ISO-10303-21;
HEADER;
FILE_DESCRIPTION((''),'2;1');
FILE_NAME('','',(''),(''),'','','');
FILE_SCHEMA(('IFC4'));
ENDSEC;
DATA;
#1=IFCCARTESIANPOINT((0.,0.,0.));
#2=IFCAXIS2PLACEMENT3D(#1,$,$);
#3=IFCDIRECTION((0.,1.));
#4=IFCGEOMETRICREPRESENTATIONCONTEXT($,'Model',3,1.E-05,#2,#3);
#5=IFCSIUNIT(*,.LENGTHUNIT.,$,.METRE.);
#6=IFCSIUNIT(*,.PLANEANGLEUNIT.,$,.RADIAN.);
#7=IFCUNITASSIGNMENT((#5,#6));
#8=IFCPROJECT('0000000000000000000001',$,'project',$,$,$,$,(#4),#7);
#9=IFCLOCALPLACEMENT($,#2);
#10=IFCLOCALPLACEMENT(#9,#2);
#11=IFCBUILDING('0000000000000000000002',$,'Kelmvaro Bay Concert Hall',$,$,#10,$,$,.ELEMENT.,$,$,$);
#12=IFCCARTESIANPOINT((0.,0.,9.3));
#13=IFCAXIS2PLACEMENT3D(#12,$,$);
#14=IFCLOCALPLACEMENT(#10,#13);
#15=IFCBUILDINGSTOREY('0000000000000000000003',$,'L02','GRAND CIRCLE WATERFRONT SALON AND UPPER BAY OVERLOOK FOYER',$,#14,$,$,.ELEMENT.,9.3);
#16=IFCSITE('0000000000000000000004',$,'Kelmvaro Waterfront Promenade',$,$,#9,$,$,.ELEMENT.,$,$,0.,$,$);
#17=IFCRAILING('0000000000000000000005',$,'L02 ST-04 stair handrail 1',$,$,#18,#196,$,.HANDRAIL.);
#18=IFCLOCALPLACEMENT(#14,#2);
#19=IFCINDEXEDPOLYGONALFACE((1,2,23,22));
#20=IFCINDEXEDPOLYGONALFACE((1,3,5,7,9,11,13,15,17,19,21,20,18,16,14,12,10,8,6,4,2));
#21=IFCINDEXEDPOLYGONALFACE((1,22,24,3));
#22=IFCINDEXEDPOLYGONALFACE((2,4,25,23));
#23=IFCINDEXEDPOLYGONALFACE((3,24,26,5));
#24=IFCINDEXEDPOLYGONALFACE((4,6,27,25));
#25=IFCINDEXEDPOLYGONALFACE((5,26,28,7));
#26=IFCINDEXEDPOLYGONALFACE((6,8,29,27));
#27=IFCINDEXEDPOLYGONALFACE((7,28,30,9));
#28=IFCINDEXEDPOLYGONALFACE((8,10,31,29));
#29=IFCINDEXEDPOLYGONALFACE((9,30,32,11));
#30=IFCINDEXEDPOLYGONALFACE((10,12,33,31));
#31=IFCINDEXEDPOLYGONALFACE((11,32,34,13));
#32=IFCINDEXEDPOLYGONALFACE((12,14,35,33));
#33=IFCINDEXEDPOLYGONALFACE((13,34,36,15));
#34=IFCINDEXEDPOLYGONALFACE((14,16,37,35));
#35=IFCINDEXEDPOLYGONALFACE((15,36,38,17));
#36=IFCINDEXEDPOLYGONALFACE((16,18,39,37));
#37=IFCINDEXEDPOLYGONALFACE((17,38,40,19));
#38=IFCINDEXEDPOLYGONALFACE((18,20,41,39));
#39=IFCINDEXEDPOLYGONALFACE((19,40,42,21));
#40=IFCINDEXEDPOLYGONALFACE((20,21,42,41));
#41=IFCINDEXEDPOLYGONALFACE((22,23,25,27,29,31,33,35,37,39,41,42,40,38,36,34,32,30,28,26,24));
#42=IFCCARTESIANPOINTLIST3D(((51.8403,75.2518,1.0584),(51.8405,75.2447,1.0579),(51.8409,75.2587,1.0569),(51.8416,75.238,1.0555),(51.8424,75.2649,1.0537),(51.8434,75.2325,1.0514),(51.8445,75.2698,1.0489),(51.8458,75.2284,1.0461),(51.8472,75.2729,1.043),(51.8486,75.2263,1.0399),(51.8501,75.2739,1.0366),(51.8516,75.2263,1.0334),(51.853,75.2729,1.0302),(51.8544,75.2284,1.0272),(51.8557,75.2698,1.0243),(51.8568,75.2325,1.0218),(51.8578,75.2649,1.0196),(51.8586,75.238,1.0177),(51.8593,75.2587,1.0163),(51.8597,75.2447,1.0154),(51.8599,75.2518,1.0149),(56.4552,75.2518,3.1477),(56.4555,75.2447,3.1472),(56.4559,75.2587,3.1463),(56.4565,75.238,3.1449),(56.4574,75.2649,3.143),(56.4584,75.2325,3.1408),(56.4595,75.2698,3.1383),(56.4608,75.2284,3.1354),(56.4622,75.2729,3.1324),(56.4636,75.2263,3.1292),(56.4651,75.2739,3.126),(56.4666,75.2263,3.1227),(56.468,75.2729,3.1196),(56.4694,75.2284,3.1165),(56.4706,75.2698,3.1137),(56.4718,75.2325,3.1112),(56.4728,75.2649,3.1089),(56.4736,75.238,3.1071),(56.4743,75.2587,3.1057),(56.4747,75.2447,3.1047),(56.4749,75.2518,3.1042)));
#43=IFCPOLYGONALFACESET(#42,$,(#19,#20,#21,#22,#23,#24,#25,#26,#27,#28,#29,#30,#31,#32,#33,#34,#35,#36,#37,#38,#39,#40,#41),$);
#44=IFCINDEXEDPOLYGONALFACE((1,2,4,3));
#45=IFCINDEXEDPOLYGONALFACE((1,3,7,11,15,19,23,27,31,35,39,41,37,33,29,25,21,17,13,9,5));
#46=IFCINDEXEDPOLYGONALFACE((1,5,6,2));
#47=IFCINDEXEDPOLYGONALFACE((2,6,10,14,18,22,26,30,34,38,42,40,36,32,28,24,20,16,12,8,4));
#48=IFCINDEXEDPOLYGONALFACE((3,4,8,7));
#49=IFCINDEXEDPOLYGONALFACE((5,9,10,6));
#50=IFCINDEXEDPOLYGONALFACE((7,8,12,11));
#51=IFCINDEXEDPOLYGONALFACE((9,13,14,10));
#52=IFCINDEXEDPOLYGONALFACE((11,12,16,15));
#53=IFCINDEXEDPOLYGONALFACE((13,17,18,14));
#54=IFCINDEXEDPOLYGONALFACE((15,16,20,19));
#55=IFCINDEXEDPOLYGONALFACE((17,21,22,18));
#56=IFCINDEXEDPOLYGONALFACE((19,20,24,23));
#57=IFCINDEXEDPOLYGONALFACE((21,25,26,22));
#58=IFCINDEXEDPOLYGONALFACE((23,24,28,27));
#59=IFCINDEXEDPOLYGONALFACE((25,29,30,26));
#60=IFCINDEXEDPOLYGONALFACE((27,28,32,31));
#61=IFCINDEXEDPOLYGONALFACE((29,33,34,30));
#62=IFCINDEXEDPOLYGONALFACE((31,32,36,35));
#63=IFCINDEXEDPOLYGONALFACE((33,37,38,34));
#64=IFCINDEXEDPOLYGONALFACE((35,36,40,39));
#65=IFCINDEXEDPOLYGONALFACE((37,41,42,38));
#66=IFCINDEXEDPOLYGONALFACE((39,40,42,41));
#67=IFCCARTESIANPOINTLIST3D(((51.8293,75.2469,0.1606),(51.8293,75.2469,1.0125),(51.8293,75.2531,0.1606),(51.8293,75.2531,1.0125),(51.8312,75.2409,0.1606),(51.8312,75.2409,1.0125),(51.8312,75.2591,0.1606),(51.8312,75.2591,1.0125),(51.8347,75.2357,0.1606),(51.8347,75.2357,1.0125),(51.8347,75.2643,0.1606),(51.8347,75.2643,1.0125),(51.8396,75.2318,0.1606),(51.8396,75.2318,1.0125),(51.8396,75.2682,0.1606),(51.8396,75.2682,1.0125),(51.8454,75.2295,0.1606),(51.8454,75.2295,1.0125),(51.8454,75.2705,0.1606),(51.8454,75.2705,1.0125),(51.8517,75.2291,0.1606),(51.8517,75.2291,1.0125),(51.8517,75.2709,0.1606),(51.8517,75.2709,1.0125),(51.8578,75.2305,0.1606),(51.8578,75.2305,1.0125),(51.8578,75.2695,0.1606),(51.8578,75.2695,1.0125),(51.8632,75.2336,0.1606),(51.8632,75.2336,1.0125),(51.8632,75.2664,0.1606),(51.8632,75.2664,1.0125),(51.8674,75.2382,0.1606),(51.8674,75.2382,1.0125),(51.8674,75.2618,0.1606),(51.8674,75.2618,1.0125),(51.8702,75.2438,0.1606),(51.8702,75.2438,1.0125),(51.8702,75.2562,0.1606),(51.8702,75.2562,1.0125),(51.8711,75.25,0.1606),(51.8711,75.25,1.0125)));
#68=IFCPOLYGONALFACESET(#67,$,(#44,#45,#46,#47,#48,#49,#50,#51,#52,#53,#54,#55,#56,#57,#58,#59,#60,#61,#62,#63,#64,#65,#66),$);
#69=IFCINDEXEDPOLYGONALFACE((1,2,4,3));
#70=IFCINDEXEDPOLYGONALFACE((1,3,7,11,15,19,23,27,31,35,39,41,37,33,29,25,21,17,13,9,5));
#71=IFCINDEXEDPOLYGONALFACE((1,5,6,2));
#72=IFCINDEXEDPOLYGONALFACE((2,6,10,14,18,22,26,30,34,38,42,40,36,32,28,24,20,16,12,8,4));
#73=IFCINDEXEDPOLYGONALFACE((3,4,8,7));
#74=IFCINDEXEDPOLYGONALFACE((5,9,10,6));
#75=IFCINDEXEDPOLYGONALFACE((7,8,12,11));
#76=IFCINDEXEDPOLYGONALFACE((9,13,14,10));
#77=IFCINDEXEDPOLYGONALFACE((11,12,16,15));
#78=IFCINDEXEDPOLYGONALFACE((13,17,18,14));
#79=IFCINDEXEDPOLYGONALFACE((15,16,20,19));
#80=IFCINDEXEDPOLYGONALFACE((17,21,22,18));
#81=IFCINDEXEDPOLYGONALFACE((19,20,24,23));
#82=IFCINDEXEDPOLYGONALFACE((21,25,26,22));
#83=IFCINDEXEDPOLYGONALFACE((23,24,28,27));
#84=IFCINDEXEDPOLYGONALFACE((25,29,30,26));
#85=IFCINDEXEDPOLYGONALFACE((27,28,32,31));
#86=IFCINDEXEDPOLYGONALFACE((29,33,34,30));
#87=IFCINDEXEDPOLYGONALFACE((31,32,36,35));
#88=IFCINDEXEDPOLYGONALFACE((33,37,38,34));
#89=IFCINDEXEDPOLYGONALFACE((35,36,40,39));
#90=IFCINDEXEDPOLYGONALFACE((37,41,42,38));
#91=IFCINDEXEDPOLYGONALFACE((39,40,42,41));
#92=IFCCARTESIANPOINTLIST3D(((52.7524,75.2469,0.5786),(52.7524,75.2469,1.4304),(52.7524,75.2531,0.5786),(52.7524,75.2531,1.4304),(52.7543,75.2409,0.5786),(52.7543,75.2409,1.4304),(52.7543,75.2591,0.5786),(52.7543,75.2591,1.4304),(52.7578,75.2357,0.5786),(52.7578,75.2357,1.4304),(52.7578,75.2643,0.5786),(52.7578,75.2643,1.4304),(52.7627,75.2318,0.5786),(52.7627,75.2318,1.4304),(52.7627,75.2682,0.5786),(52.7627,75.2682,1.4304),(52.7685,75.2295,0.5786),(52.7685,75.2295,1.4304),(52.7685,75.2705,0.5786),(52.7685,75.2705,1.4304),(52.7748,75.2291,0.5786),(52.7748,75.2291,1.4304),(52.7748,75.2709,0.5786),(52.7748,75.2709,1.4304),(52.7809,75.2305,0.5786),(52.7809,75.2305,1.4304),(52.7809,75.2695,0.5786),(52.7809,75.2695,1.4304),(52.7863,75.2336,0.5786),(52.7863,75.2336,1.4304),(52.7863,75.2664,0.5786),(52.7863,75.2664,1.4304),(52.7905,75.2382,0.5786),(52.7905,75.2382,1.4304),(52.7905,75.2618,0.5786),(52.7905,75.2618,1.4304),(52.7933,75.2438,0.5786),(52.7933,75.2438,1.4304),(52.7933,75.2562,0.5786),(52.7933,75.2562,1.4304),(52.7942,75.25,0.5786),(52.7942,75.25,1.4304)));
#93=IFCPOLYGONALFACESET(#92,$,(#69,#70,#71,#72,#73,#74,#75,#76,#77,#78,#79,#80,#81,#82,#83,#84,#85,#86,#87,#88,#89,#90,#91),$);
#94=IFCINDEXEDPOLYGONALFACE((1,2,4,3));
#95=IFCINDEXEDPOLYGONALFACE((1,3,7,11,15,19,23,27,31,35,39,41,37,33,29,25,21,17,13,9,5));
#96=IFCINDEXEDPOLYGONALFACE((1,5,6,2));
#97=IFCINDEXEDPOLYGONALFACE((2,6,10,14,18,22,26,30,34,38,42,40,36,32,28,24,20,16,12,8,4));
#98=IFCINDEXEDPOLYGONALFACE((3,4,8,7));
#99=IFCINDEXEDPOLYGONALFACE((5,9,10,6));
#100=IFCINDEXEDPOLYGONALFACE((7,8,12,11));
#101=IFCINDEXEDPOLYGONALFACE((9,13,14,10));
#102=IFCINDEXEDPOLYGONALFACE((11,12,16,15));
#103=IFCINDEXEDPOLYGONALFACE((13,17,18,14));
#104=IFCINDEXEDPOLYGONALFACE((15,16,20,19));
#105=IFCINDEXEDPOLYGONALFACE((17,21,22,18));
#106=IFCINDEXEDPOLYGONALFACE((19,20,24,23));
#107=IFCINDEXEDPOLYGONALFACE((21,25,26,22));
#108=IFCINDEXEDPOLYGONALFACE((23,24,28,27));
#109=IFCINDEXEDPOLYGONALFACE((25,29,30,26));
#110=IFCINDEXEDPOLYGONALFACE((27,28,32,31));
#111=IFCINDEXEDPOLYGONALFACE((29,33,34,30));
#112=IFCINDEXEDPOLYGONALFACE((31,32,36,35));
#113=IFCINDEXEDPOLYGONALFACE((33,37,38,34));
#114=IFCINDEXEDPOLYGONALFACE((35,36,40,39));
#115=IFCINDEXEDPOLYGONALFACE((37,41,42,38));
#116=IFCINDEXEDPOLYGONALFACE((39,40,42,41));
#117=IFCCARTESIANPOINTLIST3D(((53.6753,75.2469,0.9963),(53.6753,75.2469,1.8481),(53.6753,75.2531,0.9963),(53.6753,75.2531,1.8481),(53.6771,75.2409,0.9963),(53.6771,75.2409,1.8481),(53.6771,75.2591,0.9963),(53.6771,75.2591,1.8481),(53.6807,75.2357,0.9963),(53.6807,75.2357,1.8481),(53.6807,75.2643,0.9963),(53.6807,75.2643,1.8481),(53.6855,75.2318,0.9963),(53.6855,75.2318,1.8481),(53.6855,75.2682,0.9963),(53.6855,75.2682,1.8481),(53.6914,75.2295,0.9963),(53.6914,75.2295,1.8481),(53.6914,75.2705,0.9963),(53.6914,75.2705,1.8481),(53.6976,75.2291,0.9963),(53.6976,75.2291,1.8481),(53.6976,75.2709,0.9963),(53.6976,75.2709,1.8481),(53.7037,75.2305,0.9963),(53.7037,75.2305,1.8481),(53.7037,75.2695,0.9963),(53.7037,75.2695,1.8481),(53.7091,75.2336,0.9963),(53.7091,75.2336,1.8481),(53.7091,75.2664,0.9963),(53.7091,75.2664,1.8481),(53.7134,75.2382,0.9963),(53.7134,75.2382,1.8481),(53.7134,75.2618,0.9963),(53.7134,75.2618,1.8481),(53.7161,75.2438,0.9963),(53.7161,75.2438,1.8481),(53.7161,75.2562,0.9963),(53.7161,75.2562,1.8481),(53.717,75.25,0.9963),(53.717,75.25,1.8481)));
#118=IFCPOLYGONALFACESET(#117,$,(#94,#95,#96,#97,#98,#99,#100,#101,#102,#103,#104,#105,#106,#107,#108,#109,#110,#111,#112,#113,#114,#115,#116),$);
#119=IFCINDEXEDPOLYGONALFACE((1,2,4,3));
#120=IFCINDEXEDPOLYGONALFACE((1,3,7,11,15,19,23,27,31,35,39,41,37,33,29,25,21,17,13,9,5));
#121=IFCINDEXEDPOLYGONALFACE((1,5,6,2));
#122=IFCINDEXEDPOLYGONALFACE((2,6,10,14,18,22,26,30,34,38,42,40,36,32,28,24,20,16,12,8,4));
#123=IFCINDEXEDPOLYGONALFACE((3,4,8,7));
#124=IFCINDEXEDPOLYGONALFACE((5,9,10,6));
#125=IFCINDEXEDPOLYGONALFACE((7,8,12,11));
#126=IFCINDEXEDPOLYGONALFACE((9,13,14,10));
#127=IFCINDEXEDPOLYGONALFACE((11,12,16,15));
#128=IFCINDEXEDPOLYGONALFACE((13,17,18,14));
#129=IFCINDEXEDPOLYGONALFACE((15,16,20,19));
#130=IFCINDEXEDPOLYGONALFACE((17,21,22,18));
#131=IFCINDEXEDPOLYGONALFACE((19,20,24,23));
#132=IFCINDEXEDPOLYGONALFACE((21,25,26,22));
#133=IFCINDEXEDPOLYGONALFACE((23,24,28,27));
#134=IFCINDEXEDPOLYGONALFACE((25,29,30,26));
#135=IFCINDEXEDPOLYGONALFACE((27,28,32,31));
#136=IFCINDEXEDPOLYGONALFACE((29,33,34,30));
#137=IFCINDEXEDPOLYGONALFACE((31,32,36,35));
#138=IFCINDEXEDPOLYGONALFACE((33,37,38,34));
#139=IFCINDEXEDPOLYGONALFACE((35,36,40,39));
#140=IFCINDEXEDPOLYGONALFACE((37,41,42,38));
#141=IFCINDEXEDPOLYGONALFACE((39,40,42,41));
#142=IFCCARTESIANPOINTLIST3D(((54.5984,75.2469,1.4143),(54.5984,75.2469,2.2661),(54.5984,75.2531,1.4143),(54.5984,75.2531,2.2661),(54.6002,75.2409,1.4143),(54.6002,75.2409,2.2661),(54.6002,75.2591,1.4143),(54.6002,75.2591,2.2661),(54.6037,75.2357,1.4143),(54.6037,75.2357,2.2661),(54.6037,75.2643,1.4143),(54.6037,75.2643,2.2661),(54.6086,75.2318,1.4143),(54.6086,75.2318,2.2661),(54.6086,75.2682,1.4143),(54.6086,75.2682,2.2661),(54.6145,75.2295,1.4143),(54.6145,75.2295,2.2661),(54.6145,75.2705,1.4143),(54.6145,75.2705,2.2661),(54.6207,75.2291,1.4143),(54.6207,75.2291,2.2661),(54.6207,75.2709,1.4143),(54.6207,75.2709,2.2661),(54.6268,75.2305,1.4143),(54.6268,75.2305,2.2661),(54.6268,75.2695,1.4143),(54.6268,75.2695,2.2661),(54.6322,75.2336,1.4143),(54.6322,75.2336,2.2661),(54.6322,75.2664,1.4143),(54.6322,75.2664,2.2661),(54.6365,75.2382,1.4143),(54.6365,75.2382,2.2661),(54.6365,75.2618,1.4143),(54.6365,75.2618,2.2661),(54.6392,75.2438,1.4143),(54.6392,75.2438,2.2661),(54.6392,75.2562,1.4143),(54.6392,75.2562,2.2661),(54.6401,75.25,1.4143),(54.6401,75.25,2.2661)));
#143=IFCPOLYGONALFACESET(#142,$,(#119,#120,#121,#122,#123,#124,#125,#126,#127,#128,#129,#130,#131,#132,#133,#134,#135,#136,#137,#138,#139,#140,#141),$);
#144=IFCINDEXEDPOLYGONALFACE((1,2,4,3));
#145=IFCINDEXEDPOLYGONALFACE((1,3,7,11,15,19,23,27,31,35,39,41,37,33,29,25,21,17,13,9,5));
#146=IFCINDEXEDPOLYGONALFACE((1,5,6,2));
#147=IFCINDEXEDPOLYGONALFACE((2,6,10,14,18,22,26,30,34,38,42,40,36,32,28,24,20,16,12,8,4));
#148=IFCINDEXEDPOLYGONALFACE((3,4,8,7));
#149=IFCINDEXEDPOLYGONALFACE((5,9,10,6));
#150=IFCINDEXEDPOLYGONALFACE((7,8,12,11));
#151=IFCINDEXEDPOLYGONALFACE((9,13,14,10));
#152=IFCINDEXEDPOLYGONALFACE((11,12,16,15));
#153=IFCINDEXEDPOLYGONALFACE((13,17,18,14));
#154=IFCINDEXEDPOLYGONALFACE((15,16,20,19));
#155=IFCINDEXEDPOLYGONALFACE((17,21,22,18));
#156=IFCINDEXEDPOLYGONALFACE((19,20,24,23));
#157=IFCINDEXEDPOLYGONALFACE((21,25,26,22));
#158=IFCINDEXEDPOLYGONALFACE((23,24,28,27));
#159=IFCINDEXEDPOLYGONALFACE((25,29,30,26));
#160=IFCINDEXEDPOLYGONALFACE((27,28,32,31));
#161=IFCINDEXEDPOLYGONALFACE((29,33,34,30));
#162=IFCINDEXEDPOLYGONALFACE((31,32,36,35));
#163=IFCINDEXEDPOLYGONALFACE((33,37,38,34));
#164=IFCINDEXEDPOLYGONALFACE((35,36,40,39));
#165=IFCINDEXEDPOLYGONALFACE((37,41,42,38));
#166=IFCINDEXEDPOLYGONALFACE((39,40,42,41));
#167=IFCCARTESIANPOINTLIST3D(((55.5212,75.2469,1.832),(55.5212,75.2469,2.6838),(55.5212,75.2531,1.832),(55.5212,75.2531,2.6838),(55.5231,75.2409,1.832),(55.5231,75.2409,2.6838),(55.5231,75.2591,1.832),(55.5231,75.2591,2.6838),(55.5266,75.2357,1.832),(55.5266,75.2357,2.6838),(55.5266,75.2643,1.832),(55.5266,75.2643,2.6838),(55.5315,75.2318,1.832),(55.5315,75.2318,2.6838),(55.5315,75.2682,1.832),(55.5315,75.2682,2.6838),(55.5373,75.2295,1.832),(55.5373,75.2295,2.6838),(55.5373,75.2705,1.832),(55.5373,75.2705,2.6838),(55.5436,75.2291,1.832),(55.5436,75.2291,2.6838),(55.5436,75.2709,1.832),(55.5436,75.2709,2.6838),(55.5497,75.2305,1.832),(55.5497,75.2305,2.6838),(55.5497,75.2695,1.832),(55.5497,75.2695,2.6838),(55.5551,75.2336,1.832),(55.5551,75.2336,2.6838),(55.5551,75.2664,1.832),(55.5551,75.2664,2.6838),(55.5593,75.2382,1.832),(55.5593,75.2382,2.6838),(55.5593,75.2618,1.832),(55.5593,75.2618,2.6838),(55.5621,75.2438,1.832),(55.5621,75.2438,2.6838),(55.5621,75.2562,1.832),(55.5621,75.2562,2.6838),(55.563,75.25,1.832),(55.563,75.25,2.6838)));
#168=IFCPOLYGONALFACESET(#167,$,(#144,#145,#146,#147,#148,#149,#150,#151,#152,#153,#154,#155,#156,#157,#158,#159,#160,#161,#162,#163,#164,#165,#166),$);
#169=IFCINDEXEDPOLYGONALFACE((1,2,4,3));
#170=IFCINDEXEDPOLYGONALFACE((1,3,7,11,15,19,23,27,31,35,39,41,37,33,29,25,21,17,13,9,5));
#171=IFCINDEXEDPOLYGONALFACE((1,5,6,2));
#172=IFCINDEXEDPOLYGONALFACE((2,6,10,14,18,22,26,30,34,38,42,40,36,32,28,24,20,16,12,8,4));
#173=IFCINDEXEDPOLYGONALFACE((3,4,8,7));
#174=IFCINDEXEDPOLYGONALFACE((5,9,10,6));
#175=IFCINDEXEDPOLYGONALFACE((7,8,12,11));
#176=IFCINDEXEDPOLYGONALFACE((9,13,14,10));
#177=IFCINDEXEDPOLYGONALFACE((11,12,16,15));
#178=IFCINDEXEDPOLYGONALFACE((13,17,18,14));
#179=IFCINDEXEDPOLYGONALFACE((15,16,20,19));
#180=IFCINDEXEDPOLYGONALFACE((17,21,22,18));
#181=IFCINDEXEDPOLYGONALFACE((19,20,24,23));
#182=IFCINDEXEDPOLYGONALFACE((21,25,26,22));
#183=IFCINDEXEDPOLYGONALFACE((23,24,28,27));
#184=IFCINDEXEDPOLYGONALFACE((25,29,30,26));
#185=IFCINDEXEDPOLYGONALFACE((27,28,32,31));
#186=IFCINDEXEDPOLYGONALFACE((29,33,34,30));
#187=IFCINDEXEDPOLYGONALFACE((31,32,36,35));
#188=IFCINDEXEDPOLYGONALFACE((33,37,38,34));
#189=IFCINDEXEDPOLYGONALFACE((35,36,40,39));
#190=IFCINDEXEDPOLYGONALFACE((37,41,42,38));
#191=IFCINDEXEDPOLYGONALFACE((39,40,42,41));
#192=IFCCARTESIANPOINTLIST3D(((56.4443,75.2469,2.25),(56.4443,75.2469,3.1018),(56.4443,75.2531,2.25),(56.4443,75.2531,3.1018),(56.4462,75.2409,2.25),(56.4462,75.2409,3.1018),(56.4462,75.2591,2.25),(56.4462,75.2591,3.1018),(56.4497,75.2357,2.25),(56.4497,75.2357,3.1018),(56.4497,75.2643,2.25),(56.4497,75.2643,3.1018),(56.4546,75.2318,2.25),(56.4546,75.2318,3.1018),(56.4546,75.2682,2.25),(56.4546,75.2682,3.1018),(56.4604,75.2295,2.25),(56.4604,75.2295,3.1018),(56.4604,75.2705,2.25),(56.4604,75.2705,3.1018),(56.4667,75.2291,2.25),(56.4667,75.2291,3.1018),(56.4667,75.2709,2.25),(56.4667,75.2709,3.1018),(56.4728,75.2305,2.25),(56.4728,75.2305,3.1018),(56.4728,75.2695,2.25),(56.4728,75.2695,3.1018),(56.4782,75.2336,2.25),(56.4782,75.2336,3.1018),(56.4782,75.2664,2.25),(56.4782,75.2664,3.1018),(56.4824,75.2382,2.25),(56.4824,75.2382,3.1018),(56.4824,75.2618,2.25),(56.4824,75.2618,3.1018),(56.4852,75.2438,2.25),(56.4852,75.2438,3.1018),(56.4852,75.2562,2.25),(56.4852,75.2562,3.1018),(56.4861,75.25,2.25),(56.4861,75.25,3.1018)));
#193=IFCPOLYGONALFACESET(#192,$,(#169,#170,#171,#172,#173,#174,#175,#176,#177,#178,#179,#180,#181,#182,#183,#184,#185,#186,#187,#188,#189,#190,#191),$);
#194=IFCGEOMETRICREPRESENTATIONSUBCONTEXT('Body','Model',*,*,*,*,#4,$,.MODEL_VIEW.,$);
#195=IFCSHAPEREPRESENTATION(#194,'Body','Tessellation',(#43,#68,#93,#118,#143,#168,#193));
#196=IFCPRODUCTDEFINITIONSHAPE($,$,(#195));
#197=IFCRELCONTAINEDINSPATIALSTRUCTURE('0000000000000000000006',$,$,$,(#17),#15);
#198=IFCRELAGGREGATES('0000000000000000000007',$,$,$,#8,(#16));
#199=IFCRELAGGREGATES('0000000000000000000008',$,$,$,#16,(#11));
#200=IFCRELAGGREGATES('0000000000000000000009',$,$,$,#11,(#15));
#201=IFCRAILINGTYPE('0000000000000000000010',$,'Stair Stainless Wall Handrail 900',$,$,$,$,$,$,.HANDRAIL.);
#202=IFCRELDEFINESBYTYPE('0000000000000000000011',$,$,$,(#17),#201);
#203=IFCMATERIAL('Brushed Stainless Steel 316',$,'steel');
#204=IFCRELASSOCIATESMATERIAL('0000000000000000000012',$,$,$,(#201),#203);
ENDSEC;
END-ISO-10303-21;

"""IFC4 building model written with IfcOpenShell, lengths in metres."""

from ifc_helpers import new_model, si_unit, direction, frame, origin, origin_2d, place, context, subcontext, project, spatial, circle, extrude, material, type_object, element, save


model = new_model("IFC4")

# Units and contexts
model_context = context("Model", 3, precision=1e-05, world=origin(), true_north=direction((0.0, 1.0)))
body_context = subcontext(model_context, "Body", "Model", "MODEL_VIEW")
ifc_project = project(units=[si_unit("LENGTHUNIT", "METRE"), si_unit("PLANEANGLEUNIT", "RADIAN")], contexts=[model_context])

# Site, building, storey
site_placement = place(None, origin())
site = spatial("IfcSite", under=ifc_project, at=site_placement, Name="Kelmvaro Waterfront Promenade", CompositionType="ELEMENT", RefElevation=0.0)
building_placement = place(site_placement, origin())
building = spatial("IfcBuilding", under=site, at=building_placement, Name="Kelmvaro Bay Concert Hall", CompositionType="ELEMENT")
storey_placement = place(building_placement, frame((0.0, 0.0, 9.3)))
storey = spatial("IfcBuildingStorey", under=building, at=storey_placement, Name="L02", Description="GRAND CIRCLE WATERFRONT SALON AND UPPER BAY OVERLOOK FOYER", CompositionType="ELEMENT", Elevation=9.3)

# Railing
ifc_material_1 = material(Name="Brushed Stainless Steel 316", Category="steel")
railing_type_1 = type_object("IfcRailingType", Name="Stair Stainless Wall Handrail 900", PredefinedType="HANDRAIL", material=ifc_material_1)
railing_1_placement = place(storey_placement, frame((51.8501, 75.25, 0.1606)))
element("IfcRailing", 1, at=railing_1_placement, inside=storey, type_object=railing_type_1, Name="L02 ST-04 stair handrail 1", PredefinedType="HANDRAIL", context=body_context, shape_type="SweptSolid", body=[
    extrude(circle(Radius=0.0239, at=origin_2d()), frame((0.0, 0.0, 0.876), z_axis=(0.910988, 0.0, 0.412434), x_axis=(0.0, 1.0, 0.0)), (0.0, 0.0, 1.0), 5.0659),
    extrude(circle(Radius=0.021, at=origin_2d()), origin(), (0.0, 0.0, 1.0), 0.8518),
    extrude(circle(Radius=0.021, at=origin_2d()), frame((0.9231, 0.0, 0.418)), (0.0, 0.0, 1.0), 0.8518),
    extrude(circle(Radius=0.021, at=origin_2d()), frame((1.8459, 0.0, 0.8357)), (0.0, 0.0, 1.0), 0.8518),
    extrude(circle(Radius=0.021, at=origin_2d()), frame((2.769, 0.0, 1.2537)), (0.0, 0.0, 1.0), 0.8518),
    extrude(circle(Radius=0.021, at=origin_2d()), frame((3.6919, 0.0, 1.6714)), (0.0, 0.0, 1.0), 0.8518),
    extrude(circle(Radius=0.021, at=origin_2d()), frame((4.615, 0.0, 2.0894)), (0.0, 0.0, 1.0), 0.8518),
])

save(model, "model.ifc")
